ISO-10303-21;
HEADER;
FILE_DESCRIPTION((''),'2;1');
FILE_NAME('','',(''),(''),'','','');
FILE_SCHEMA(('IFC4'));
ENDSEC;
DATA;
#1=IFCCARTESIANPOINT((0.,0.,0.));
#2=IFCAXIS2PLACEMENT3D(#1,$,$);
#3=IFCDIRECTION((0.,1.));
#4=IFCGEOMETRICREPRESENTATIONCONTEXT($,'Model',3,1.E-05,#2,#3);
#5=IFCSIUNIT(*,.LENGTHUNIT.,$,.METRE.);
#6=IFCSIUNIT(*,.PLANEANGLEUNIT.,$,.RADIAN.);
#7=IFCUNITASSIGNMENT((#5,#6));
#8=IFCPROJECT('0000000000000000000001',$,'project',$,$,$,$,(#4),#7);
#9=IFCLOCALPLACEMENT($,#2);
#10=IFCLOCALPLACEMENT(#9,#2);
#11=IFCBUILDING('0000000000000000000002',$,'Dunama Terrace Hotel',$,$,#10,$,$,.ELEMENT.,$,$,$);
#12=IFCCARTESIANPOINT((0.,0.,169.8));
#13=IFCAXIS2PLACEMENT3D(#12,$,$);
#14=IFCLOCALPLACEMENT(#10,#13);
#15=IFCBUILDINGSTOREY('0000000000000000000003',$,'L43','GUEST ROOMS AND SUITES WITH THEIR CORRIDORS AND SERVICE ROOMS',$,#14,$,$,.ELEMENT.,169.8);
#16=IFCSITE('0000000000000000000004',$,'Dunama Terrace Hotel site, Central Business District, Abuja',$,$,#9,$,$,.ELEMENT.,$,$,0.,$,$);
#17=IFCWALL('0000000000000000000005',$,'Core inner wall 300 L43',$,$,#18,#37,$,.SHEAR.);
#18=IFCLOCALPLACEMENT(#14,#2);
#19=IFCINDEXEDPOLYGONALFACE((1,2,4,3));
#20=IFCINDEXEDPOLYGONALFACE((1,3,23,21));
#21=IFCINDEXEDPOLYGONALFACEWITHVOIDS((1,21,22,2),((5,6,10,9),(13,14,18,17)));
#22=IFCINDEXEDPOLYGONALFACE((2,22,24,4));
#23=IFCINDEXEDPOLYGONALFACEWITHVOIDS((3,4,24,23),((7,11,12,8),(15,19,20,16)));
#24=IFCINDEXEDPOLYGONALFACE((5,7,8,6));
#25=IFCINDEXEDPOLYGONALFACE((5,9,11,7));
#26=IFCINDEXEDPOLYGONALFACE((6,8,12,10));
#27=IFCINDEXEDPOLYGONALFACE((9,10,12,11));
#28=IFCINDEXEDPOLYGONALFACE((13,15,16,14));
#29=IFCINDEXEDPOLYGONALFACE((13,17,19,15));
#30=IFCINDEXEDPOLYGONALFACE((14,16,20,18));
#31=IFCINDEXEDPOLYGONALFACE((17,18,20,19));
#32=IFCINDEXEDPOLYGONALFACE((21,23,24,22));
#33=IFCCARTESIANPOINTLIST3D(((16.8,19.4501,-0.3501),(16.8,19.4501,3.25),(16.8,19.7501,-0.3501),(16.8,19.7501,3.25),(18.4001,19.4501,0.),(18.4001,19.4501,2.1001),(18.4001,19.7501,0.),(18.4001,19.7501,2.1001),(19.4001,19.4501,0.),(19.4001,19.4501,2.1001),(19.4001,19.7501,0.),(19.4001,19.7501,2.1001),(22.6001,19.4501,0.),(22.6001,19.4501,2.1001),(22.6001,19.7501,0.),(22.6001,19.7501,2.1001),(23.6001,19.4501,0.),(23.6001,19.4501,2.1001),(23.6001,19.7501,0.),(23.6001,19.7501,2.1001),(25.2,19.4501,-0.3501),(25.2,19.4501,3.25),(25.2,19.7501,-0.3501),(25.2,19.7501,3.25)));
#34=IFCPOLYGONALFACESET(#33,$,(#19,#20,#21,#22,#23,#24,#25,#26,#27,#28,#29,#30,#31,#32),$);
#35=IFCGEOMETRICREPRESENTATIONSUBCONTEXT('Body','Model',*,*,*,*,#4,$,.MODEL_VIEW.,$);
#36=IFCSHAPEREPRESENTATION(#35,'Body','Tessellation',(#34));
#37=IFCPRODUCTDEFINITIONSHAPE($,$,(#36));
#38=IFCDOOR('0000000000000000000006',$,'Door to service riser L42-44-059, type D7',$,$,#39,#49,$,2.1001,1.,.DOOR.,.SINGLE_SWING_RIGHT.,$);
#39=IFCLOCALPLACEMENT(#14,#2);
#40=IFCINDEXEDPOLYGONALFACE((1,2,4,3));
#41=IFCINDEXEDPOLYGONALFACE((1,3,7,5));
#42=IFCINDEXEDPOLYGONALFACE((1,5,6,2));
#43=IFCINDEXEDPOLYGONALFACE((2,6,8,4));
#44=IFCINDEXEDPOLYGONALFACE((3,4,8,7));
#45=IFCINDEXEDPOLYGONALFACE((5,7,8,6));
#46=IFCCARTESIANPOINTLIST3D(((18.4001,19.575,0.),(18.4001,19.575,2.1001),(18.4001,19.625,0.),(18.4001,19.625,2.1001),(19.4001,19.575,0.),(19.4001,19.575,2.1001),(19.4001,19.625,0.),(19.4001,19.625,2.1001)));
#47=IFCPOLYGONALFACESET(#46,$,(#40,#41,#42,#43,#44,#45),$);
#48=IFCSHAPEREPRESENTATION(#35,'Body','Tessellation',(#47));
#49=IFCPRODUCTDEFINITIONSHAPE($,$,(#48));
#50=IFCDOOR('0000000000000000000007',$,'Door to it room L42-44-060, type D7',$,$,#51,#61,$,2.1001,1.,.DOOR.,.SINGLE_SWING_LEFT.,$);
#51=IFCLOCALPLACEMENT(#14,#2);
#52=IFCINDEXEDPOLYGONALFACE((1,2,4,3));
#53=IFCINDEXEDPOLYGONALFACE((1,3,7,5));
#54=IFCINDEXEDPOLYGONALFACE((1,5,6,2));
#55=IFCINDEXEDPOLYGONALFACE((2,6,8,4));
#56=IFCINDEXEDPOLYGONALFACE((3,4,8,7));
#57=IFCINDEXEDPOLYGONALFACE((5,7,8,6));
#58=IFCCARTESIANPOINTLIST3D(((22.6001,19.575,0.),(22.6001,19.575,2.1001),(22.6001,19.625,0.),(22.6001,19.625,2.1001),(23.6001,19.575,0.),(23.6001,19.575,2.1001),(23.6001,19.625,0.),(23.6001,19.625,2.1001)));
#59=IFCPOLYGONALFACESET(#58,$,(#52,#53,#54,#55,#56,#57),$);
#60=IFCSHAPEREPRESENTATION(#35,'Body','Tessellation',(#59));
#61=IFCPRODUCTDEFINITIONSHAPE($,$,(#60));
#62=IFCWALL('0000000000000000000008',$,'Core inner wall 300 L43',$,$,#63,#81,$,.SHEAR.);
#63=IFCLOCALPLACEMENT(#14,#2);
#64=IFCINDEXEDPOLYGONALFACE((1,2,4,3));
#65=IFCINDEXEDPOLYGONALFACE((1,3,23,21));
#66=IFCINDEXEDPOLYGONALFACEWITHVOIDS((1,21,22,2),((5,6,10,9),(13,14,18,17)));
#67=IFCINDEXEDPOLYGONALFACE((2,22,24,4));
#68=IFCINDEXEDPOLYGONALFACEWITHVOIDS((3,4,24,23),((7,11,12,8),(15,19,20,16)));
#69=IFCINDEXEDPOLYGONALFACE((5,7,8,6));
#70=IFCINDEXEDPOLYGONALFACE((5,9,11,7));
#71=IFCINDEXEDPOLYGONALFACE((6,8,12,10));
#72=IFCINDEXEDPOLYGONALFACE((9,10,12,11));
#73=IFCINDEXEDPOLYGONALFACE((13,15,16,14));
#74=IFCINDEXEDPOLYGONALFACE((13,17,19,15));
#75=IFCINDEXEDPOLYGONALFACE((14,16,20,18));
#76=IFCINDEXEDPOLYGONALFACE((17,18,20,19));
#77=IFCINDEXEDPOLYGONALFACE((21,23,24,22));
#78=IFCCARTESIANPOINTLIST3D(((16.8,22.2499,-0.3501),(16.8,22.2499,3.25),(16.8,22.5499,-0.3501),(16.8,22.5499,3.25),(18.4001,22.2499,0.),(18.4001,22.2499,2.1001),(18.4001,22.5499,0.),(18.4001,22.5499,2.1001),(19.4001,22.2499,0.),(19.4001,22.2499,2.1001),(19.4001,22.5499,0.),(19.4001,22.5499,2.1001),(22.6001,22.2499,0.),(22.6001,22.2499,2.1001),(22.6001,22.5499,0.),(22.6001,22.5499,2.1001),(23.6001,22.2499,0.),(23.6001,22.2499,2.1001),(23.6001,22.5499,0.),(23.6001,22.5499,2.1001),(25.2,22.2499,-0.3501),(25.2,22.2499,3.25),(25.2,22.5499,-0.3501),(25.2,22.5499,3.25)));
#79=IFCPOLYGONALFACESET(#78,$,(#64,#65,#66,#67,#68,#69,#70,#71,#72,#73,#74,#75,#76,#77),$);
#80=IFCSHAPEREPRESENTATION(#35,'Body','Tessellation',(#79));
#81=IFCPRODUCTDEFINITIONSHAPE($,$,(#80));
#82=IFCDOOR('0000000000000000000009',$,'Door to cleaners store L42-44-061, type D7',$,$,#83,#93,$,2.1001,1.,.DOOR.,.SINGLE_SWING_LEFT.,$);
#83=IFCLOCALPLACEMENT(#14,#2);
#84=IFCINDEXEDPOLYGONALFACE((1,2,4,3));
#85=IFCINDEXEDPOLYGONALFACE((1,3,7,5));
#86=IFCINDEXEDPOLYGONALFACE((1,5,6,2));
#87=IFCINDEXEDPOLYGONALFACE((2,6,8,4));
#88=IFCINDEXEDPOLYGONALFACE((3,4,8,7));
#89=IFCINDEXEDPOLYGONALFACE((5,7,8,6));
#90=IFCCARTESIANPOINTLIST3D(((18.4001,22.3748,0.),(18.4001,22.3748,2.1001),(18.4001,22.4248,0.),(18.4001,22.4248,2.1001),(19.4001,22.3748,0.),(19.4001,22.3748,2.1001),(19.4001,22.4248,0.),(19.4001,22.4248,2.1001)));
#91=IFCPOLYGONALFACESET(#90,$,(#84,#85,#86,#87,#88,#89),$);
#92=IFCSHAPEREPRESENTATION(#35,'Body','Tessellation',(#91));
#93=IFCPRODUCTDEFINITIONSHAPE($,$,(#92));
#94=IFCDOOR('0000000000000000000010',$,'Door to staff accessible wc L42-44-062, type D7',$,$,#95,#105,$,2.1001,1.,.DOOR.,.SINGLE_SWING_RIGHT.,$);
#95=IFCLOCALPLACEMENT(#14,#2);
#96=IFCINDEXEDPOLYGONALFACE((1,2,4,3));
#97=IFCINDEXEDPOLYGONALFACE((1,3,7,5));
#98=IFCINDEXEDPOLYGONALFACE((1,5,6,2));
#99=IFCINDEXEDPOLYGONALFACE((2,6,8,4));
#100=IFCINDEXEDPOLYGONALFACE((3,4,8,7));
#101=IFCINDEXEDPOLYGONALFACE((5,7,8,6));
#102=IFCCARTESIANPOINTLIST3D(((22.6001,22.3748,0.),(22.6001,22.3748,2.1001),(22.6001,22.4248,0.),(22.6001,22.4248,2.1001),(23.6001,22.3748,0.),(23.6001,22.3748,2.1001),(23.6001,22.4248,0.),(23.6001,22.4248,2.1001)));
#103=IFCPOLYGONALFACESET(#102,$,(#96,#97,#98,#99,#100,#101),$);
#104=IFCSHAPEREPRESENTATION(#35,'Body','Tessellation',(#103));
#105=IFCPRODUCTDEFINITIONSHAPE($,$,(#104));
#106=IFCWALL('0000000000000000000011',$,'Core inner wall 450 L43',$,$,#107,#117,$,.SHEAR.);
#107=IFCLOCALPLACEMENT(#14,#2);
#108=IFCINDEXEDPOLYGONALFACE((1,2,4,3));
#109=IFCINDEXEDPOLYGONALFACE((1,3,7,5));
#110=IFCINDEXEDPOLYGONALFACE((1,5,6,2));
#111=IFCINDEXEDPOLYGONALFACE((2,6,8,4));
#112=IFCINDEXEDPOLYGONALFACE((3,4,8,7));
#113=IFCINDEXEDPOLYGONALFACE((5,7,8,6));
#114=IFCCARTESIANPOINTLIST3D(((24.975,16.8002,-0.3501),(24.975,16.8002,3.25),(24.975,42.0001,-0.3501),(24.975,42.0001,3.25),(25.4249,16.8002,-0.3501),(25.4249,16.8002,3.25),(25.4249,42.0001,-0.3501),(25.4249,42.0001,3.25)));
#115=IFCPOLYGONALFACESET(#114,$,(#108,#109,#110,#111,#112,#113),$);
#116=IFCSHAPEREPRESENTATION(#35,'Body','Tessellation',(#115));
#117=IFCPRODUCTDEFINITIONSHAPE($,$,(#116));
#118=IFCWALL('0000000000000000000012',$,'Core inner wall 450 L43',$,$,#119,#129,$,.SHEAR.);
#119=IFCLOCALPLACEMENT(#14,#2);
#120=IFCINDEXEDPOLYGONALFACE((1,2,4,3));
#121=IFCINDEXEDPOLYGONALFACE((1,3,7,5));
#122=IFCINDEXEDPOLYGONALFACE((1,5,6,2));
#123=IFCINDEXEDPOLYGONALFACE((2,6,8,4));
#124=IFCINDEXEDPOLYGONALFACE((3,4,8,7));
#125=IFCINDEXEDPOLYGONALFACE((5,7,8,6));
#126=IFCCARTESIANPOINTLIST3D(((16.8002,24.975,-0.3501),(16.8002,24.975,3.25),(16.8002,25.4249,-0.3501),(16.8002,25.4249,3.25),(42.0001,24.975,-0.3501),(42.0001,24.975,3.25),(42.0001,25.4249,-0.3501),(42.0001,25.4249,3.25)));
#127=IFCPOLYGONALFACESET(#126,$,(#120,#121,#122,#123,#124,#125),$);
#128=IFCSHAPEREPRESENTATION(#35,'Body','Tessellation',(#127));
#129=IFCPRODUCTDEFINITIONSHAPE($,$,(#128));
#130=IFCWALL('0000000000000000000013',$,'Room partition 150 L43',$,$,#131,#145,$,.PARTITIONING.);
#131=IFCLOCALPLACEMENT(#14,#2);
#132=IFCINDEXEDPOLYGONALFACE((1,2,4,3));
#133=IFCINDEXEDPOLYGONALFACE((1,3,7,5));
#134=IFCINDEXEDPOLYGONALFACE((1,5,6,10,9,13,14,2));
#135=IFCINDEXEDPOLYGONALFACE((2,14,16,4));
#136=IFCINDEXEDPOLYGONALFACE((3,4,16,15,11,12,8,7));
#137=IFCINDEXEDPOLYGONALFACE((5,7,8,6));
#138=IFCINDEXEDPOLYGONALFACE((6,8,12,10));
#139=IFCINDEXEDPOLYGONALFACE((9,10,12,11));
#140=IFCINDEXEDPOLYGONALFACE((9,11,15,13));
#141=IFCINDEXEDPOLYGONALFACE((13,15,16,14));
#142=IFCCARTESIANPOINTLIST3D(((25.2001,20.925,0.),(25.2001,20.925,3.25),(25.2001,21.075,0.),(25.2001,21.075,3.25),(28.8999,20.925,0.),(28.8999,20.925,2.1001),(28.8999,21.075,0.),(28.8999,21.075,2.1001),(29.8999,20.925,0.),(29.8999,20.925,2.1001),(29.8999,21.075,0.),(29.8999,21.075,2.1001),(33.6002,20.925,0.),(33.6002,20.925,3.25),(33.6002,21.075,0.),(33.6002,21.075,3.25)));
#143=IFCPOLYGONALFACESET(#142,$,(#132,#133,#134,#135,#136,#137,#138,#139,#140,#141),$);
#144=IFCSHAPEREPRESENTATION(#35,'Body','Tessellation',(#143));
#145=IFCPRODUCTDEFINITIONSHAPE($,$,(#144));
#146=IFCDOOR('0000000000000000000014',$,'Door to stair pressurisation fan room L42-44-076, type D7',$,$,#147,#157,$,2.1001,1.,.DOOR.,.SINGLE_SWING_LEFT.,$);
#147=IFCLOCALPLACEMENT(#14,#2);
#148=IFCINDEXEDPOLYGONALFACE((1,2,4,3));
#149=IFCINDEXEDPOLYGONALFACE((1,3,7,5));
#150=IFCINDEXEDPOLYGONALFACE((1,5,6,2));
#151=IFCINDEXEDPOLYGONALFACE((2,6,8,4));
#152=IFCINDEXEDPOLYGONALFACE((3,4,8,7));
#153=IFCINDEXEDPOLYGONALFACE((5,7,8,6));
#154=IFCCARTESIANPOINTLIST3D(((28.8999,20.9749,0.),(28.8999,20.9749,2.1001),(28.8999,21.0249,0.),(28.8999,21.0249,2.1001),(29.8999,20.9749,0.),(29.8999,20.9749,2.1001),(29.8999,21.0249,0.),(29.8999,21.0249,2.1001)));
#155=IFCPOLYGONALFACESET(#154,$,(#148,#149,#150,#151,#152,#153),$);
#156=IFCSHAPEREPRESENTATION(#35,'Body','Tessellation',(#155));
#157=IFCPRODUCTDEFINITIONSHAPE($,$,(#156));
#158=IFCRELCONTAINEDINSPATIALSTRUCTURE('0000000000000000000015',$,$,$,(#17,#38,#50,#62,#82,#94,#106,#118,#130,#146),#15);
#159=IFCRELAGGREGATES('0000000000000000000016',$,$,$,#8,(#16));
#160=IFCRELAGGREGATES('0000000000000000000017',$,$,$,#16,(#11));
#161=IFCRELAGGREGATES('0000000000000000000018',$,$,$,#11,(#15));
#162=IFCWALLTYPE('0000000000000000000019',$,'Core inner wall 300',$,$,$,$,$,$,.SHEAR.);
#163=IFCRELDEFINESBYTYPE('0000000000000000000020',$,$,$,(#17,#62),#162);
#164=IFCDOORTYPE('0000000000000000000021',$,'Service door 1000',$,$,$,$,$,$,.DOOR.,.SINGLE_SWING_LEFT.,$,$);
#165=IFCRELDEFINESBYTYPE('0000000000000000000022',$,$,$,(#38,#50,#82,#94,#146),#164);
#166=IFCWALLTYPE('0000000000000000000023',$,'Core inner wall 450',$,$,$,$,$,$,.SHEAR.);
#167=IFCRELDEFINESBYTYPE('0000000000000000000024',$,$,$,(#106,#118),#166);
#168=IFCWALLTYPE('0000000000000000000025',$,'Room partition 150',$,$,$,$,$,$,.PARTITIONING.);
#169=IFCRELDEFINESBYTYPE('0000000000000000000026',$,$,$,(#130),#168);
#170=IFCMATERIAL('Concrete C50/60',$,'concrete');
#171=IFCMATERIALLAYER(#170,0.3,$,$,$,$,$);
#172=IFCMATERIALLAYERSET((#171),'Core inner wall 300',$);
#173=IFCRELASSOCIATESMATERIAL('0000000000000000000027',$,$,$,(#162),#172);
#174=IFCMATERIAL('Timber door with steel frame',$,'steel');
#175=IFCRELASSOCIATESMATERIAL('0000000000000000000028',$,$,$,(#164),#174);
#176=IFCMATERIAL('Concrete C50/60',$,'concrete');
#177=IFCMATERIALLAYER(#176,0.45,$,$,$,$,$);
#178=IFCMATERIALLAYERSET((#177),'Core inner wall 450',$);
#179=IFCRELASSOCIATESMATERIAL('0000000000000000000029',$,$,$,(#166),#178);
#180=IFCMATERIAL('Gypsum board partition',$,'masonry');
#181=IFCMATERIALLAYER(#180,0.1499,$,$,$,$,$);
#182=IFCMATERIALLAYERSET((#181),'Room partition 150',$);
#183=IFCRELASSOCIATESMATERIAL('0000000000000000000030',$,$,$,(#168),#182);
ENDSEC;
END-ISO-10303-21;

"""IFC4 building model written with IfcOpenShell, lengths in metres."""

from ifc_helpers import new_model, si_unit, direction, frame, frame_2d, origin, place, context, subcontext, project, spatial, rectangle, extrude, material, layer, layer_set, type_object, element, fill, save


model = new_model("IFC4")

# Units and contexts
model_context = context("Model", 3, precision=1e-05, world=origin(), true_north=direction((0.0, 1.0)))
body_context = subcontext(model_context, "Body", "Model", "MODEL_VIEW")
ifc_project = project(units=[si_unit("LENGTHUNIT", "METRE"), si_unit("PLANEANGLEUNIT", "RADIAN")], contexts=[model_context])

# Site, building, storey
site_placement = place(None, origin())
site = spatial("IfcSite", under=ifc_project, at=site_placement, Name="Dunama Terrace Hotel site, Central Business District, Abuja", CompositionType="ELEMENT", RefElevation=0.0)
building_placement = place(site_placement, origin())
building = spatial("IfcBuilding", under=site, at=building_placement, Name="Dunama Terrace Hotel", CompositionType="ELEMENT")
storey_placement = place(building_placement, frame((0.0, 0.0, 169.8)))
storey = spatial("IfcBuildingStorey", under=building, at=storey_placement, Name="L43", Description="GUEST ROOMS AND SUITES WITH THEIR CORRIDORS AND SERVICE ROOMS", CompositionType="ELEMENT", Elevation=169.8)

# Shared definitions
ifc_material_1 = material(Name="Concrete C50/60", Category="concrete")
ifc_layer_1 = layer(ifc_material_1, 0.3)
ifc_layer_set_1 = layer_set([ifc_layer_1], Name="Core inner wall 300")
wall_type_1 = type_object("IfcWallType", Name="Core inner wall 300", PredefinedType="SHEAR", material=ifc_layer_set_1)

# Walls, openings, doors
wall_1_placement = place(storey_placement, frame((16.8, 19.6001, -0.3501), z_axis=(0.0, 0.0, 1.0), x_axis=(1.0, 0.0, 0.0)))
wall_1 = element("IfcWall", 1, at=wall_1_placement, inside=storey, type_object=wall_type_1, Name="Core inner wall 300 L43", PredefinedType="SHEAR", context=body_context, shape_type="SweptSolid", body=[
    extrude(rectangle(XDim=8.3999, YDim=0.3, at=frame_2d((4.2, 0.0))), origin(), (0.0, 0.0, 1.0), 3.6001),
])
opening_1_placement = place(wall_1_placement, frame((1.6001, 0.0, 0.3501)))
opening_1 = element("IfcOpeningElement", 2, at=opening_1_placement, cuts=wall_1, PredefinedType="OPENING", context=body_context, shape_type="SweptSolid", body=[
    extrude(rectangle(XDim=1.0, YDim=2.1001, at=frame_2d((0.5, 1.05))), frame((0.0, 0.1599, 0.0), z_axis=(0.0, -1.0, 0.0), x_axis=(1.0, 0.0, 0.0)), (0.0, 0.0, 1.0), 0.3201),
])
opening_2_placement = place(wall_1_placement, frame((5.8, 0.0, 0.3501)))
opening_2 = element("IfcOpeningElement", 3, at=opening_2_placement, cuts=wall_1, PredefinedType="OPENING", context=body_context, shape_type="SweptSolid", body=[
    extrude(rectangle(XDim=1.0, YDim=2.1001, at=frame_2d((0.5, 1.05))), frame((0.0, 0.1599, 0.0), z_axis=(0.0, -1.0, 0.0), x_axis=(1.0, 0.0, 0.0)), (0.0, 0.0, 1.0), 0.3201),
])
ifc_material_2 = material(Name="Timber door with steel frame", Category="steel")
door_type_1 = type_object("IfcDoorType", Name="Service door 1000", OperationType="SINGLE_SWING_LEFT", PredefinedType="DOOR", material=ifc_material_2)
door_1_placement = place(opening_1_placement, frame((1.0, 0.0, 0.0), z_axis=(0.0, 0.0, 1.0), x_axis=(-1.0, 0.0, 0.0)))
door_1 = element("IfcDoor", 4, at=door_1_placement, inside=storey, type_object=door_type_1, Name="Door to service riser L42-44-059, type D7", OperationType="SINGLE_SWING_RIGHT", OverallHeight=2.1001, OverallWidth=1.0, PredefinedType="DOOR", context=body_context, shape_type="SweptSolid", body=[
    extrude(rectangle(XDim=1.0, YDim=2.1001, at=frame_2d((0.5, 1.05))), frame((0.0, 0.0251, 0.0), z_axis=(0.0, -1.0, 0.0), x_axis=(1.0, 0.0, 0.0)), (0.0, 0.0, 1.0), 0.05),
])
fill(opening_1, door_1)
door_2_placement = place(opening_2_placement, frame((1.0, 0.0, 0.0), z_axis=(0.0, 0.0, 1.0), x_axis=(-1.0, 0.0, 0.0)))
door_2 = element("IfcDoor", 5, at=door_2_placement, inside=storey, type_object=door_type_1, Name="Door to it room L42-44-060, type D7", OperationType="SINGLE_SWING_LEFT", OverallHeight=2.1001, OverallWidth=1.0, PredefinedType="DOOR", context=body_context, shape_type="SweptSolid", body=[
    extrude(rectangle(XDim=1.0, YDim=2.1001, at=frame_2d((0.5, 1.05))), frame((0.0, 0.0251, 0.0), z_axis=(0.0, -1.0, 0.0), x_axis=(1.0, 0.0, 0.0)), (0.0, 0.0, 1.0), 0.05),
])
fill(opening_2, door_2)
wall_2_placement = place(storey_placement, frame((16.8, 22.3999, -0.3501), z_axis=(0.0, 0.0, 1.0), x_axis=(1.0, 0.0, 0.0)))
wall_2 = element("IfcWall", 6, at=wall_2_placement, inside=storey, type_object=wall_type_1, Name="Core inner wall 300 L43", PredefinedType="SHEAR", context=body_context, shape_type="SweptSolid", body=[
    extrude(rectangle(XDim=8.3999, YDim=0.3, at=frame_2d((4.2, 0.0))), origin(), (0.0, 0.0, 1.0), 3.6001),
])
opening_3_placement = place(wall_2_placement, frame((1.6001, 0.0, 0.3501)))
opening_3 = element("IfcOpeningElement", 7, at=opening_3_placement, cuts=wall_2, PredefinedType="OPENING", context=body_context, shape_type="SweptSolid", body=[
    extrude(rectangle(XDim=1.0, YDim=2.1001, at=frame_2d((0.5, 1.05))), frame((0.0, 0.1599, 0.0), z_axis=(0.0, -1.0, 0.0), x_axis=(1.0, 0.0, 0.0)), (0.0, 0.0, 1.0), 0.3201),
])
opening_4_placement = place(wall_2_placement, frame((5.8, 0.0, 0.3501)))
opening_4 = element("IfcOpeningElement", 8, at=opening_4_placement, cuts=wall_2, PredefinedType="OPENING", context=body_context, shape_type="SweptSolid", body=[
    extrude(rectangle(XDim=1.0, YDim=2.1001, at=frame_2d((0.5, 1.05))), frame((0.0, 0.1599, 0.0), z_axis=(0.0, -1.0, 0.0), x_axis=(1.0, 0.0, 0.0)), (0.0, 0.0, 1.0), 0.3201),
])
door_3_placement = place(opening_3_placement, origin())
door_3 = element("IfcDoor", 9, at=door_3_placement, inside=storey, type_object=door_type_1, Name="Door to cleaners store L42-44-061, type D7", OperationType="SINGLE_SWING_LEFT", OverallHeight=2.1001, OverallWidth=1.0, PredefinedType="DOOR", context=body_context, shape_type="SweptSolid", body=[
    extrude(rectangle(XDim=1.0, YDim=2.1001, at=frame_2d((0.5, 1.05))), frame((0.0, 0.0249, 0.0), z_axis=(0.0, -1.0, 0.0), x_axis=(1.0, 0.0, 0.0)), (0.0, 0.0, 1.0), 0.05),
])
fill(opening_3, door_3)
door_4_placement = place(opening_4_placement, origin())
door_4 = element("IfcDoor", 10, at=door_4_placement, inside=storey, type_object=door_type_1, Name="Door to staff accessible wc L42-44-062, type D7", OperationType="SINGLE_SWING_RIGHT", OverallHeight=2.1001, OverallWidth=1.0, PredefinedType="DOOR", context=body_context, shape_type="SweptSolid", body=[
    extrude(rectangle(XDim=1.0, YDim=2.1001, at=frame_2d((0.5, 1.05))), frame((0.0, 0.0249, 0.0), z_axis=(0.0, -1.0, 0.0), x_axis=(1.0, 0.0, 0.0)), (0.0, 0.0, 1.0), 0.05),
])
fill(opening_4, door_4)

# Walls
ifc_material_3 = material(Name="Concrete C50/60", Category="concrete")
ifc_layer_2 = layer(ifc_material_3, 0.45)
ifc_layer_set_2 = layer_set([ifc_layer_2], Name="Core inner wall 450")
wall_type_2 = type_object("IfcWallType", Name="Core inner wall 450", PredefinedType="SHEAR", material=ifc_layer_set_2)
for number, where, z_axis, x_axis, name in (
    (11, (25.2, 16.8, -0.3501), (0.0, 0.0, 1.0), (0.0, 1.0, 0.0), "Core inner wall 450 L43"),
    (12, (16.8, 25.2, -0.3501), (0.0, 0.0, 1.0), (1.0, 0.0, 0.0), "Core inner wall 450 L43"),
):
    element("IfcWall", number, at=place(storey_placement, frame(where, z_axis=z_axis, x_axis=x_axis)), inside=storey, type_object=wall_type_2, Name=name, PredefinedType="SHEAR", context=body_context, shape_type="SweptSolid", body=[
        extrude(rectangle(XDim=25.2, YDim=0.45, at=frame_2d((12.6001, 0.0))), origin(), (0.0, 0.0, 1.0), 3.6001),
    ])

# Wall, opening, door
ifc_material_4 = material(Name="Gypsum board partition", Category="masonry")
ifc_layer_3 = layer(ifc_material_4, 0.1499)
ifc_layer_set_3 = layer_set([ifc_layer_3], Name="Room partition 150")
wall_type_3 = type_object("IfcWallType", Name="Room partition 150", PredefinedType="PARTITIONING", material=ifc_layer_set_3)
wall_3_placement = place(storey_placement, frame((25.2, 21.0, 0.0), z_axis=(0.0, 0.0, 1.0), x_axis=(1.0, 0.0, 0.0)))
wall_3 = element("IfcWall", 13, at=wall_3_placement, inside=storey, type_object=wall_type_3, Name="Room partition 150 L43", PredefinedType="PARTITIONING", context=body_context, shape_type="SweptSolid", body=[
    extrude(rectangle(XDim=8.4001, YDim=0.1499, at=frame_2d((4.2002, 0.0))), origin(), (0.0, 0.0, 1.0), 3.25),
])
opening_5_placement = place(wall_3_placement, frame((3.7, 0.0, 0.0)))
opening_5 = element("IfcOpeningElement", 14, at=opening_5_placement, cuts=wall_3, PredefinedType="OPENING", context=body_context, shape_type="SweptSolid", body=[
    extrude(rectangle(XDim=1.0, YDim=2.1001, at=frame_2d((0.5, 1.05))), frame((0.0, 0.085, 0.0), z_axis=(0.0, -1.0, 0.0), x_axis=(1.0, 0.0, 0.0)), (0.0, 0.0, 1.0), 0.1699),
])
door_5_placement = place(opening_5_placement, origin())
door_5 = element("IfcDoor", 15, at=door_5_placement, inside=storey, type_object=door_type_1, Name="Door to stair pressurisation fan room L42-44-076, type D7", OperationType="SINGLE_SWING_LEFT", OverallHeight=2.1001, OverallWidth=1.0, PredefinedType="DOOR", context=body_context, shape_type="SweptSolid", body=[
    extrude(rectangle(XDim=1.0, YDim=2.1001, at=frame_2d((0.5, 1.05))), frame((0.0, 0.0249, 0.0), z_axis=(0.0, -1.0, 0.0), x_axis=(1.0, 0.0, 0.0)), (0.0, 0.0, 1.0), 0.05),
])
fill(opening_5, door_5)

save(model, "model.ifc")
